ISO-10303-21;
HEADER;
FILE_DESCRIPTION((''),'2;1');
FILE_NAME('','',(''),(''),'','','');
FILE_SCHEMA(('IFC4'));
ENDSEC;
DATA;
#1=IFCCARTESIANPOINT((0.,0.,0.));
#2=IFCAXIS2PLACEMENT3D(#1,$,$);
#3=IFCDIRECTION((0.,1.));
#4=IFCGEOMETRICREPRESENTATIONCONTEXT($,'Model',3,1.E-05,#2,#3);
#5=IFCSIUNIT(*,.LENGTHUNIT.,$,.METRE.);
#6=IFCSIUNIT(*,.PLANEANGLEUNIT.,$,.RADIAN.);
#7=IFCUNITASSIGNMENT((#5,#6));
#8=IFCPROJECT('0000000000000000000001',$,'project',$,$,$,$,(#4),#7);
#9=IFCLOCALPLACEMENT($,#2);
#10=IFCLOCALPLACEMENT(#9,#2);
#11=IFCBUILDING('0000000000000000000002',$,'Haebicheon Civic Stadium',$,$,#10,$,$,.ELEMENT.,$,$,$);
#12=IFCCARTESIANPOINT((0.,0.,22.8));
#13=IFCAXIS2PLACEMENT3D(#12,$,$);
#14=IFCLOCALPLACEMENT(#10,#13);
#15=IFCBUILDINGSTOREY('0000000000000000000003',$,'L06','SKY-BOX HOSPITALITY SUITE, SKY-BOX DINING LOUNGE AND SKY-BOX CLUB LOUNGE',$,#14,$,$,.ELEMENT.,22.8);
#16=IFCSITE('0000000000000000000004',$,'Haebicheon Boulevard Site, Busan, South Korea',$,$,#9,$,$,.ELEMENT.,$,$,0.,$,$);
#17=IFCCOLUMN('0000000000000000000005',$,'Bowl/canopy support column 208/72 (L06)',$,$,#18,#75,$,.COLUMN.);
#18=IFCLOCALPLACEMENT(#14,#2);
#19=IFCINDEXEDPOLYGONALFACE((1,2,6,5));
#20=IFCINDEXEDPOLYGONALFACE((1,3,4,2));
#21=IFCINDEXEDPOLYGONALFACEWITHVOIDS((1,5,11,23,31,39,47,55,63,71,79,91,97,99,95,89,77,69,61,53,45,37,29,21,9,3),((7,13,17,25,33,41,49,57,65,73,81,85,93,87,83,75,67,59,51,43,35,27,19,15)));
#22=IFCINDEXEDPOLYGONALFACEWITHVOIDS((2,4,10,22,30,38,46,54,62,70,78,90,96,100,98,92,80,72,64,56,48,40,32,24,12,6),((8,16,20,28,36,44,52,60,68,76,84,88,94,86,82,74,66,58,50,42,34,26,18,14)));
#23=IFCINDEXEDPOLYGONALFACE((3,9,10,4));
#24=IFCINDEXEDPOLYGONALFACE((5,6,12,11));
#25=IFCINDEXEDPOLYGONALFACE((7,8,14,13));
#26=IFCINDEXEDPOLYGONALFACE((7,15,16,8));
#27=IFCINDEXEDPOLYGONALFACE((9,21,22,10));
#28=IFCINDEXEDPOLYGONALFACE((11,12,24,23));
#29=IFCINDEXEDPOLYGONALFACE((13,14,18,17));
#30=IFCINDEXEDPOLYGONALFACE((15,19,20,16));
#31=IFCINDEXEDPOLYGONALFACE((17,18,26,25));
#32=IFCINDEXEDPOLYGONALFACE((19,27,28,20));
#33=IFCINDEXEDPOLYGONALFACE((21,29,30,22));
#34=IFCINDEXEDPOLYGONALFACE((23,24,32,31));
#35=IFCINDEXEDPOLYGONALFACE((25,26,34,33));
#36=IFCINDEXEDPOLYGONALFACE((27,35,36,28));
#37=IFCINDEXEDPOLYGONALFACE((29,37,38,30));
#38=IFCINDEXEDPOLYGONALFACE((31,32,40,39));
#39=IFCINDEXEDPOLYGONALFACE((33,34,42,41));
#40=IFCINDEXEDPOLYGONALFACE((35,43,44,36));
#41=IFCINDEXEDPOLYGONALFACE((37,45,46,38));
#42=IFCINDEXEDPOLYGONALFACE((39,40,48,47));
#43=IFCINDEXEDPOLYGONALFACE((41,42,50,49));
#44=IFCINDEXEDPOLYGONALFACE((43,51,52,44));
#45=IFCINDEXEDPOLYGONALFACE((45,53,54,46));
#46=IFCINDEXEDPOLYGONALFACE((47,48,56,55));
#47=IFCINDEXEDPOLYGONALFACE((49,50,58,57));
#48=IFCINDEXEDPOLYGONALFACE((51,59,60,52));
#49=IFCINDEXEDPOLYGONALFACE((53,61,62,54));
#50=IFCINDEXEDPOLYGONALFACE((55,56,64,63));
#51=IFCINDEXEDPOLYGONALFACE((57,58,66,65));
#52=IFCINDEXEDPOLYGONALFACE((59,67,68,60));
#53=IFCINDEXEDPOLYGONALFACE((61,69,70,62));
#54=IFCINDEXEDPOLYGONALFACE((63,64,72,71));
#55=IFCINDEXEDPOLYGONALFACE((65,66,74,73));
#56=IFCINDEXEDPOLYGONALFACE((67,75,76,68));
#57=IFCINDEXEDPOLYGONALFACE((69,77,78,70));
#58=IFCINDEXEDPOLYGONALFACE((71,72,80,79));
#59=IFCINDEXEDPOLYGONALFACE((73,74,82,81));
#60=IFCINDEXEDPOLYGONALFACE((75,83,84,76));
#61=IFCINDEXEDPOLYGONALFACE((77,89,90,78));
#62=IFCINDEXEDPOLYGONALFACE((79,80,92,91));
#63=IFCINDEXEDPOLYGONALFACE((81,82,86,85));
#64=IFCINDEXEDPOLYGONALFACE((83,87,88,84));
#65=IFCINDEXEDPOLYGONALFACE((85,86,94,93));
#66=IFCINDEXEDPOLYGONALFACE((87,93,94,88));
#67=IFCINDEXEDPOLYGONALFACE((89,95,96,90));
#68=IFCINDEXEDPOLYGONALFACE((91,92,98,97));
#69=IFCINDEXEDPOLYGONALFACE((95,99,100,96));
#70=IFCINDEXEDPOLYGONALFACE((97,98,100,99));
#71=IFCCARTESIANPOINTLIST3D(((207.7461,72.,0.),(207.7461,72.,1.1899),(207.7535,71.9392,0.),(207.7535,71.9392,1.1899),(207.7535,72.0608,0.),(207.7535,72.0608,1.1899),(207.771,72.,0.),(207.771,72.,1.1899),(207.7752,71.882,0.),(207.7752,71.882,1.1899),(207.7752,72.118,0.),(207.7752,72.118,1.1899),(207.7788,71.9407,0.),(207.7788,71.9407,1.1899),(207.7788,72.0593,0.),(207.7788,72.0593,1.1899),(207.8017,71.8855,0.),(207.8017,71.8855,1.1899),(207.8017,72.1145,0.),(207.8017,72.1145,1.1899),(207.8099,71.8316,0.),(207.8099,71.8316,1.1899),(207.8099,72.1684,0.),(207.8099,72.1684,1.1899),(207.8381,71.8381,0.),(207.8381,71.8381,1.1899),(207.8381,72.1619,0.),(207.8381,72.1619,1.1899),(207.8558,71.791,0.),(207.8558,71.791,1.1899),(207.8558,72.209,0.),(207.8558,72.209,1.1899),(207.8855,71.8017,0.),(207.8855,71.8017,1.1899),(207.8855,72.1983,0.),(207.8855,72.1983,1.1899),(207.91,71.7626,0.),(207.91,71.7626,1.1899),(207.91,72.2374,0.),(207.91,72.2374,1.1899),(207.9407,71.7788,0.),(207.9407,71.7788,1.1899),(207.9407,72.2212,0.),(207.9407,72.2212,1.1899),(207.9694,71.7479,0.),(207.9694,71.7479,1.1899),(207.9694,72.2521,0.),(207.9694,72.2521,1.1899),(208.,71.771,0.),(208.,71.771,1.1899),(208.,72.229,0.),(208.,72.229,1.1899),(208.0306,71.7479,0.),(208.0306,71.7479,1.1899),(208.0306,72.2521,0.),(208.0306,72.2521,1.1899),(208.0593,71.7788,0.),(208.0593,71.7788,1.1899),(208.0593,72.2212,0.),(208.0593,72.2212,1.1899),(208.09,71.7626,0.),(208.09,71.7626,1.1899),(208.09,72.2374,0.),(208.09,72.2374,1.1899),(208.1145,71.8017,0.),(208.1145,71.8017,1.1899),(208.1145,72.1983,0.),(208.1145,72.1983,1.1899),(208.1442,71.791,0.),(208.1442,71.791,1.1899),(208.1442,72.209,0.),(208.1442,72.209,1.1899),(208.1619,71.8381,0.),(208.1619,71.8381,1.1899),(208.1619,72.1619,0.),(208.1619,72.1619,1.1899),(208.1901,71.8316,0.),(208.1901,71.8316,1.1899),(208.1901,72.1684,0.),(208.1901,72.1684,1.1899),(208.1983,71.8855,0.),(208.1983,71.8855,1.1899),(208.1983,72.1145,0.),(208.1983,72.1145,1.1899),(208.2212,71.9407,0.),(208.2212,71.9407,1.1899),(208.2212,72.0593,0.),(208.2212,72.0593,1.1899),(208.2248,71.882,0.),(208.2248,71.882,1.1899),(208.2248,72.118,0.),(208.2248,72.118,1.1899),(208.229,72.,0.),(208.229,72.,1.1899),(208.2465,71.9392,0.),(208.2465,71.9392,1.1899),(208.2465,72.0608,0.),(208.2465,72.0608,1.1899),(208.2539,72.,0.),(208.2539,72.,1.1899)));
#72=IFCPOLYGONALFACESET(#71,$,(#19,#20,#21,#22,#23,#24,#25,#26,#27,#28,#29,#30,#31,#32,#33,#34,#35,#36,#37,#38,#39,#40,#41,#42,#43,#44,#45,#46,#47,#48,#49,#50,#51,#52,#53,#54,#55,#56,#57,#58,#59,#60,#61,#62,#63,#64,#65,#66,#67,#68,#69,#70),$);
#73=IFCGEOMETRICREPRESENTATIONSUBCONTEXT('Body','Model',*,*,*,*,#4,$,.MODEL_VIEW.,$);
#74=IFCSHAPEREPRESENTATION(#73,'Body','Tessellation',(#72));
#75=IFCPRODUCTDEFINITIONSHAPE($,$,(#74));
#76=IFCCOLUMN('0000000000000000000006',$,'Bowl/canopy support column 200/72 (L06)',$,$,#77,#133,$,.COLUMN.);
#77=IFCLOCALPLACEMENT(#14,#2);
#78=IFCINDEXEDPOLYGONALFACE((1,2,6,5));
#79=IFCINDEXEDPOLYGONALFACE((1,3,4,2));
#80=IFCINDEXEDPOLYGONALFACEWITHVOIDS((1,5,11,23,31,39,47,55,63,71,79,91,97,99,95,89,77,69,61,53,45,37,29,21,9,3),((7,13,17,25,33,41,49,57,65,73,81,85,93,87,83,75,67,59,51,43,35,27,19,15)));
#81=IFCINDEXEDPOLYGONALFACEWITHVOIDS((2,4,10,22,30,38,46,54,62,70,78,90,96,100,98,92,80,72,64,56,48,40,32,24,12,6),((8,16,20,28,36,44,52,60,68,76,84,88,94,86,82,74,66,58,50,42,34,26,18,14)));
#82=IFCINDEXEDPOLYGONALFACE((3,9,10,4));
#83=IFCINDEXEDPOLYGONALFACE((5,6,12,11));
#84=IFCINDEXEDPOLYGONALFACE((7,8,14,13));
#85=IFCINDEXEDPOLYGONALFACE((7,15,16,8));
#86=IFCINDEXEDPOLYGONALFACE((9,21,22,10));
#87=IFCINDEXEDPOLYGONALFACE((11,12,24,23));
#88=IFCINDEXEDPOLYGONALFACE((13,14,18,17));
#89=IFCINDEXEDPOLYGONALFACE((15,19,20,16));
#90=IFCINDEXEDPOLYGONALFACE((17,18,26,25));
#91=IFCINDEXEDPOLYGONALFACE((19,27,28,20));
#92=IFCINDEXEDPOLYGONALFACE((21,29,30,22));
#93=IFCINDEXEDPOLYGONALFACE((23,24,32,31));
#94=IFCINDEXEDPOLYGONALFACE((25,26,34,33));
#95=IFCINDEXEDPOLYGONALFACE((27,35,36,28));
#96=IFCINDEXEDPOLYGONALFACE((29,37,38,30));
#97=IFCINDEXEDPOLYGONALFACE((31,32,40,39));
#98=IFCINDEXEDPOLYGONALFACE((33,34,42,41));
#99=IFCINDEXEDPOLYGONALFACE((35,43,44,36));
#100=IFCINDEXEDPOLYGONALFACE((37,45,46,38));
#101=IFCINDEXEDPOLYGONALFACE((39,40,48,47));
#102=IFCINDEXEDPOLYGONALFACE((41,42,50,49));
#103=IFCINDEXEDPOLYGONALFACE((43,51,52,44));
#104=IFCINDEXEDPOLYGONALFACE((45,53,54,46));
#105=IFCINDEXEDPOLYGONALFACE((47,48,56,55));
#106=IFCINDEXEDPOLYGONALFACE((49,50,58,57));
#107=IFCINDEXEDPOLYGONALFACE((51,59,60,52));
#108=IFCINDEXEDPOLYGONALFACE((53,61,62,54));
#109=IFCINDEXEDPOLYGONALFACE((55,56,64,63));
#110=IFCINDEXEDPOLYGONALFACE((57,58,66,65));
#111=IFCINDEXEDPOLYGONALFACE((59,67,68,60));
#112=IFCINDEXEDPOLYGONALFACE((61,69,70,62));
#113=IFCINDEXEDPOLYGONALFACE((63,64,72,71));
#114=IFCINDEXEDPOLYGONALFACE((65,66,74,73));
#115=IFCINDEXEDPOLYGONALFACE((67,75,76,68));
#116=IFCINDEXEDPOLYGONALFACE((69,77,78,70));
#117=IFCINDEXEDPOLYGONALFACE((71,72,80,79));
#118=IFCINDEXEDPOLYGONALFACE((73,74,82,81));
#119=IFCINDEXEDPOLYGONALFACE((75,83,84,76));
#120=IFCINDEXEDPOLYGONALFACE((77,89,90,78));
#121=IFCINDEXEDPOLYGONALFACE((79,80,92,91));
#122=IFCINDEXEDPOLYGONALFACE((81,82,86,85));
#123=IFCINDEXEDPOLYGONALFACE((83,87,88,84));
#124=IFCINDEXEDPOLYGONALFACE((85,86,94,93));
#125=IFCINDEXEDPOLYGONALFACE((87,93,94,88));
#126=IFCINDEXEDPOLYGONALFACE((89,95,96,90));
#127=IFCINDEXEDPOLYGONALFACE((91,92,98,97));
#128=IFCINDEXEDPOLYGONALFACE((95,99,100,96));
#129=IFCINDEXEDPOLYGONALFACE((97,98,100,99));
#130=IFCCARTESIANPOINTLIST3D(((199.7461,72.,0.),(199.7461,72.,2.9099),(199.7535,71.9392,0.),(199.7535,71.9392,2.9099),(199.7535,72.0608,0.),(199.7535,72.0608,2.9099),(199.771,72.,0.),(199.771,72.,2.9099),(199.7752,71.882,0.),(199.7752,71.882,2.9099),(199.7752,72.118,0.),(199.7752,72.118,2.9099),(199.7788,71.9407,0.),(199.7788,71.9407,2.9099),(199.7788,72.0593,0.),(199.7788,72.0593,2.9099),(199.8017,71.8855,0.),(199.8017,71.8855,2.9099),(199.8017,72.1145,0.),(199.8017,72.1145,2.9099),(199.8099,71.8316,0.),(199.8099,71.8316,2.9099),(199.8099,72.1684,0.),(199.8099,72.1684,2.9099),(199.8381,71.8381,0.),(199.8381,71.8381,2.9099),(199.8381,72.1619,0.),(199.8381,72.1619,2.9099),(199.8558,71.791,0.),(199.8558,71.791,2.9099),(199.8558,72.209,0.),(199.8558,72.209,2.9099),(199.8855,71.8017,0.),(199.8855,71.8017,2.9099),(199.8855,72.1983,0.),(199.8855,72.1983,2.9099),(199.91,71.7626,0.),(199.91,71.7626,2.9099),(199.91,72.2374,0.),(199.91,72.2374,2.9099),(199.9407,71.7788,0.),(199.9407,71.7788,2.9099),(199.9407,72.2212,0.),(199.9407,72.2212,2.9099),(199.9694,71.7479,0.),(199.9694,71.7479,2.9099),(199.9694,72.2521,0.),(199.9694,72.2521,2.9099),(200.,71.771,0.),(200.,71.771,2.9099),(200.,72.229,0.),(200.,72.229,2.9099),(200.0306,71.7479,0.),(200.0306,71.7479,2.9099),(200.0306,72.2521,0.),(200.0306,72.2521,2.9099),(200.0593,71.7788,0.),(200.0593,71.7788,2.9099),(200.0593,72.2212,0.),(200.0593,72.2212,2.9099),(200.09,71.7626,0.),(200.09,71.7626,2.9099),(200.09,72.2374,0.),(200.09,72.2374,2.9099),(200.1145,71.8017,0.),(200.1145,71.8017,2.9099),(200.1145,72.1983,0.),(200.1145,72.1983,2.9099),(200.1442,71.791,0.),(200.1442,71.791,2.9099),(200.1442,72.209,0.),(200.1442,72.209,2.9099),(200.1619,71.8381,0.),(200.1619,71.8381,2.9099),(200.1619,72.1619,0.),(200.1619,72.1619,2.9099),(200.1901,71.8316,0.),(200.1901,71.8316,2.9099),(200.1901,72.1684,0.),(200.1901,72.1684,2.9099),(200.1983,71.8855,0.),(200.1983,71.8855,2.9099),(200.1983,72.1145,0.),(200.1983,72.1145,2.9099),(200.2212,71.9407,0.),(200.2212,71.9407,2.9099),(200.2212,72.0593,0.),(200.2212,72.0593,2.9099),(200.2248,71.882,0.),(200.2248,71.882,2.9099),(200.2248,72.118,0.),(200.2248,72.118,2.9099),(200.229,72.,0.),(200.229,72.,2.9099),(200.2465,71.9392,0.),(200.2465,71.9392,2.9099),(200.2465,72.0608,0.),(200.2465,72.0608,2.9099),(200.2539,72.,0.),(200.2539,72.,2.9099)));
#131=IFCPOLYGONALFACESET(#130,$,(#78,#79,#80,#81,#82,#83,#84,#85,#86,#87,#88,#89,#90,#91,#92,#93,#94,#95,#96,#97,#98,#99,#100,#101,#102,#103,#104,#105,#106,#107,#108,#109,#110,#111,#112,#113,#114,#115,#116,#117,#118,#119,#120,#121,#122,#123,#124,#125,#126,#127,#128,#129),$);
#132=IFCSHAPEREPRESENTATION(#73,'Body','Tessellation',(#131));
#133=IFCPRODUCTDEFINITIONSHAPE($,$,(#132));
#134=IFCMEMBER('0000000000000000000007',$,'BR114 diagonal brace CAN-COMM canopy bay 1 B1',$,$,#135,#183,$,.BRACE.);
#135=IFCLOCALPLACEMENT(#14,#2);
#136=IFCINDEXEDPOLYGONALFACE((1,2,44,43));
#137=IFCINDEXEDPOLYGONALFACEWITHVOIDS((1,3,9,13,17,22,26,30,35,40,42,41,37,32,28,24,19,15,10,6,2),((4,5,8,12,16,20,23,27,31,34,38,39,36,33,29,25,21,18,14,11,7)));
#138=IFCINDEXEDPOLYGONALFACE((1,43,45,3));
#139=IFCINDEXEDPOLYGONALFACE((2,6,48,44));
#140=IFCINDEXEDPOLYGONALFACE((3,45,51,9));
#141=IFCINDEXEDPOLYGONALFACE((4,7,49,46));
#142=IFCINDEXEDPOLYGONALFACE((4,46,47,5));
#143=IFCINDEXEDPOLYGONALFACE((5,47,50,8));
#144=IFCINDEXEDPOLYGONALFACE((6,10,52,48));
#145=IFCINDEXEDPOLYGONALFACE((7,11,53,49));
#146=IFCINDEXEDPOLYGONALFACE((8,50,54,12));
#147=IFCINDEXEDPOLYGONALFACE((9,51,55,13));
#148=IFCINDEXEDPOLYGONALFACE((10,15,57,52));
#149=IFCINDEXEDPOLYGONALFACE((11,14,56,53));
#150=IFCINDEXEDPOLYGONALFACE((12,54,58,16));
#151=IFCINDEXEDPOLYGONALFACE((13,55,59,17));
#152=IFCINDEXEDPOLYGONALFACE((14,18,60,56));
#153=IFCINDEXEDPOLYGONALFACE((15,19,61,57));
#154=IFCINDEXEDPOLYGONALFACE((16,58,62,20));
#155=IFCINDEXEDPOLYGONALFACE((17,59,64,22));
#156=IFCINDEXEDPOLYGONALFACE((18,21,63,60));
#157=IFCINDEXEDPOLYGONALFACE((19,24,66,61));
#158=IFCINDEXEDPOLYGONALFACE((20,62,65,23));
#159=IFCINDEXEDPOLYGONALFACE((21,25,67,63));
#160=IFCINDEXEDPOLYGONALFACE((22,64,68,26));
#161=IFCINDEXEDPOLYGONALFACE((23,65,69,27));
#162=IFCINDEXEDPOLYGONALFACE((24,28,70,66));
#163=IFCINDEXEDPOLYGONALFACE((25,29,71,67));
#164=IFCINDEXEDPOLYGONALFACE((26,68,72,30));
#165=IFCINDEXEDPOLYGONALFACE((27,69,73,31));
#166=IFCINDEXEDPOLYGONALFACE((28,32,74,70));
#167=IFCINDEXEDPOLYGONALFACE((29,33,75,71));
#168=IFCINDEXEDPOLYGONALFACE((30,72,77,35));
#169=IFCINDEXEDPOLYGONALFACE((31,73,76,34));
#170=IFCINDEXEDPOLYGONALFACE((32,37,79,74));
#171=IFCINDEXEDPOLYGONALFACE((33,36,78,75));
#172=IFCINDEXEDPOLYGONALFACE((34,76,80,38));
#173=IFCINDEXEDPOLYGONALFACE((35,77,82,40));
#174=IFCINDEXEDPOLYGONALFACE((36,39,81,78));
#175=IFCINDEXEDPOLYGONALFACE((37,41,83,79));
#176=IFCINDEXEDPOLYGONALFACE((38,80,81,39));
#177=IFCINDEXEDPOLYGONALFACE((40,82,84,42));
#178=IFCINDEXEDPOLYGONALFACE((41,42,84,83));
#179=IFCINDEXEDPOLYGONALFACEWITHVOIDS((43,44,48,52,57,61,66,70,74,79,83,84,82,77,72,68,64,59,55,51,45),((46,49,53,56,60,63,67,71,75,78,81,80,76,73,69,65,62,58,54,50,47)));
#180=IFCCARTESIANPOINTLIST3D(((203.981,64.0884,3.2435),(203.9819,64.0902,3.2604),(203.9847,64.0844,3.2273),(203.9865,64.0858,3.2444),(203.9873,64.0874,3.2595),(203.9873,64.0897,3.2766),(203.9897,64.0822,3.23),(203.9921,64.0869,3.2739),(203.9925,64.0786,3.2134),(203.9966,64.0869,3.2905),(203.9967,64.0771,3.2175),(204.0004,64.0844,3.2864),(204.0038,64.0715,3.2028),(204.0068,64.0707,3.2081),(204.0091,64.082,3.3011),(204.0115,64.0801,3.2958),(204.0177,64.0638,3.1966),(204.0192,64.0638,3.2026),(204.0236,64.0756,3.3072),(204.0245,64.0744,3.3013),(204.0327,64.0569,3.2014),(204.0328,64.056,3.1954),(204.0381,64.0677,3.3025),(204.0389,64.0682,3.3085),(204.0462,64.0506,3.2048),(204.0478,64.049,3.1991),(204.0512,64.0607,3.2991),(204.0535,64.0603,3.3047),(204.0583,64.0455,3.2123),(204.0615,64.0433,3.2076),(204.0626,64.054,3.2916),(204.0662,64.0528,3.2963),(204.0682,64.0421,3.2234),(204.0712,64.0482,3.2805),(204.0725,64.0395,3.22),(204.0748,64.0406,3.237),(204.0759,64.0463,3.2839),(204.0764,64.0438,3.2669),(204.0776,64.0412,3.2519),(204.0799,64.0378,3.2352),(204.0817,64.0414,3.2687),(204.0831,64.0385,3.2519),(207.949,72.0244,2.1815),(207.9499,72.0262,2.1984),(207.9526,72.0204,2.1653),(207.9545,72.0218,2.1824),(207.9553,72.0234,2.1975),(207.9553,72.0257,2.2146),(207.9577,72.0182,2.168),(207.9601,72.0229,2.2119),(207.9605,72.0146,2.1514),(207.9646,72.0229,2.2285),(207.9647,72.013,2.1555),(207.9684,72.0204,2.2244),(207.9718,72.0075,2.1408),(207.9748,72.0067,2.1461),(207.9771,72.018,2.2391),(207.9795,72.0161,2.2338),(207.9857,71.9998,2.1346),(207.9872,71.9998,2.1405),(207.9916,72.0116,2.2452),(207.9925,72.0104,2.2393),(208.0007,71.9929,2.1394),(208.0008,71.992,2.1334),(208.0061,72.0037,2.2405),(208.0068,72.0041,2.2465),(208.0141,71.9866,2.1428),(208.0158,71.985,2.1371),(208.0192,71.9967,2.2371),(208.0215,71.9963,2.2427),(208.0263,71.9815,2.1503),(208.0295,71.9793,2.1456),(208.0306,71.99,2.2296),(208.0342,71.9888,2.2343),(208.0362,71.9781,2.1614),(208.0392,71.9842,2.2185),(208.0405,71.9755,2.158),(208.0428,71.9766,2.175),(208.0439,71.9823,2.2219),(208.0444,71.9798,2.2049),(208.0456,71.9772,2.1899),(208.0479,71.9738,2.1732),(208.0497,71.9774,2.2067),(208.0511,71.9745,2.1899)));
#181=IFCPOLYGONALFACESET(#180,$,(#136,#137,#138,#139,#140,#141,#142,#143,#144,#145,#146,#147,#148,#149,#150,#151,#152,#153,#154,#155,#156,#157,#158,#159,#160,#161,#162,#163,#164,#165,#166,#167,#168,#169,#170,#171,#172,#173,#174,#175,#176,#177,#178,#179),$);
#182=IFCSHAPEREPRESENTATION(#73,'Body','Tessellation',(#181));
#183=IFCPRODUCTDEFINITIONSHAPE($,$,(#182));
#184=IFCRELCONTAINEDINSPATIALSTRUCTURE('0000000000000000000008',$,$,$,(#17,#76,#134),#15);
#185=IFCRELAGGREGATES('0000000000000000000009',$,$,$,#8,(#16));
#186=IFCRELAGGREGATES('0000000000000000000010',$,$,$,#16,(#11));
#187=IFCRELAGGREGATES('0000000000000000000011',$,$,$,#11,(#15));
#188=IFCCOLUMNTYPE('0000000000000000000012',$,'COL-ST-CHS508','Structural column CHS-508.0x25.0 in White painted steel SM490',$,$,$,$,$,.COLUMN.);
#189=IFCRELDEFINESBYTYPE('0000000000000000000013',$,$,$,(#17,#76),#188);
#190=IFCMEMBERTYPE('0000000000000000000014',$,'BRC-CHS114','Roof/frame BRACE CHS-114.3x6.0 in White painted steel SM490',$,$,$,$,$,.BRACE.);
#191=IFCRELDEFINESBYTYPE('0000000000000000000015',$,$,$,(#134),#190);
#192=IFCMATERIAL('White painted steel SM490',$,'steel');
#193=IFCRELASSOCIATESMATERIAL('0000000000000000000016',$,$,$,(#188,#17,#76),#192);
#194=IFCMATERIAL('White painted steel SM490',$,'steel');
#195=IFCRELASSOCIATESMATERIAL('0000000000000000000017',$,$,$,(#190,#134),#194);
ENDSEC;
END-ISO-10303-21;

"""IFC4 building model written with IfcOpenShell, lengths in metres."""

from ifc_helpers import new_model, si_unit, direction, frame, origin, origin_2d, place, context, subcontext, project, spatial, hollow_circle, extrude, material, material_profile, profile_set, type_object, element, save


model = new_model("IFC4")

# Units and contexts
model_context = context("Model", 3, precision=1e-05, world=origin(), true_north=direction((0.0, 1.0)))
body_context = subcontext(model_context, "Body", "Model", "MODEL_VIEW")
ifc_project = project(units=[si_unit("LENGTHUNIT", "METRE"), si_unit("PLANEANGLEUNIT", "RADIAN")], contexts=[model_context])

# Site, building, storey
site_placement = place(None, origin())
site = spatial("IfcSite", under=ifc_project, at=site_placement, Name="Haebicheon Boulevard Site, Busan, South Korea", CompositionType="ELEMENT", RefElevation=0.0)
building_placement = place(site_placement, origin())
building = spatial("IfcBuilding", under=site, at=building_placement, Name="Haebicheon Civic Stadium", CompositionType="ELEMENT")
storey_placement = place(building_placement, frame((0.0, 0.0, 22.8)))
storey = spatial("IfcBuildingStorey", under=building, at=storey_placement, Name="L06", Description="SKY-BOX HOSPITALITY SUITE, SKY-BOX DINING LOUNGE AND SKY-BOX CLUB LOUNGE", CompositionType="ELEMENT", Elevation=22.8)

# Columns
ifc_material_1 = material(Name="White painted steel SM490", Category="steel")
ifc_material_profile_1 = material_profile(ifc_material_1, hollow_circle(Radius=0.2539, WallThickness=0.0249, at=origin_2d()), Name="CHS-508.0x25.0")
ifc_profile_set_1 = profile_set([ifc_material_profile_1], Name="White painted steel SM490")
column_type = type_object("IfcColumnType", Name="COL-ST-CHS508", Description="Structural column CHS-508.0x25.0 in White painted steel SM490", PredefinedType="COLUMN", material=ifc_profile_set_1)
column_1_placement = place(storey_placement, frame((208.0, 72.0, 0.0), z_axis=(0.0, 0.0, 1.0), x_axis=(1.0, 0.0, 0.0)))
element("IfcColumn", 1, at=column_1_placement, inside=storey, type_object=column_type, material=ifc_profile_set_1, Name="Bowl/canopy support column 208/72 (L06)", PredefinedType="COLUMN", context=body_context, shape_type="SweptSolid", body=[
    extrude(hollow_circle(Radius=0.2539, WallThickness=0.0249, at=origin_2d()), origin(), (0.0, 0.0, 1.0), 1.1899),
])
column_2_placement = place(storey_placement, frame((200.0, 72.0, 0.0), z_axis=(0.0, 0.0, 1.0), x_axis=(1.0, 0.0, 0.0)))
element("IfcColumn", 2, at=column_2_placement, inside=storey, type_object=column_type, material=ifc_profile_set_1, Name="Bowl/canopy support column 200/72 (L06)", PredefinedType="COLUMN", context=body_context, shape_type="SweptSolid", body=[
    extrude(hollow_circle(Radius=0.2539, WallThickness=0.0249, at=origin_2d()), origin(), (0.0, 0.0, 1.0), 2.9099),
])

# Member
ifc_material_2 = material(Name="White painted steel SM490", Category="steel")
ifc_material_profile_2 = material_profile(ifc_material_2, hollow_circle(Radius=0.0571, WallThickness=0.0061, at=origin_2d()), Name="CHS-114.3x6.0")
ifc_profile_set_2 = profile_set([ifc_material_profile_2], Name="White painted steel SM490")
member_type_1 = type_object("IfcMemberType", Name="BRC-CHS114", Description="Roof/frame BRACE CHS-114.3x6.0 in White painted steel SM490", PredefinedType="BRACE", material=ifc_profile_set_2)
member_1_placement = place(storey_placement, frame((208.0, 72.0, 2.1899), z_axis=(-0.444044, -0.888088, 0.118845), x_axis=(0.894427, -0.447214, 0.0)))
element("IfcMember", 3, at=member_1_placement, inside=storey, type_object=member_type_1, material=ifc_profile_set_2, Name="BR114 diagonal brace CAN-COMM canopy bay 1 B1", PredefinedType="BRACE", context=body_context, shape_type="SweptSolid", body=[
    extrude(hollow_circle(Radius=0.0571, WallThickness=0.0061, at=origin_2d()), origin(), (0.0, 0.0, 1.0), 8.936),
])

save(model, "model.ifc")
